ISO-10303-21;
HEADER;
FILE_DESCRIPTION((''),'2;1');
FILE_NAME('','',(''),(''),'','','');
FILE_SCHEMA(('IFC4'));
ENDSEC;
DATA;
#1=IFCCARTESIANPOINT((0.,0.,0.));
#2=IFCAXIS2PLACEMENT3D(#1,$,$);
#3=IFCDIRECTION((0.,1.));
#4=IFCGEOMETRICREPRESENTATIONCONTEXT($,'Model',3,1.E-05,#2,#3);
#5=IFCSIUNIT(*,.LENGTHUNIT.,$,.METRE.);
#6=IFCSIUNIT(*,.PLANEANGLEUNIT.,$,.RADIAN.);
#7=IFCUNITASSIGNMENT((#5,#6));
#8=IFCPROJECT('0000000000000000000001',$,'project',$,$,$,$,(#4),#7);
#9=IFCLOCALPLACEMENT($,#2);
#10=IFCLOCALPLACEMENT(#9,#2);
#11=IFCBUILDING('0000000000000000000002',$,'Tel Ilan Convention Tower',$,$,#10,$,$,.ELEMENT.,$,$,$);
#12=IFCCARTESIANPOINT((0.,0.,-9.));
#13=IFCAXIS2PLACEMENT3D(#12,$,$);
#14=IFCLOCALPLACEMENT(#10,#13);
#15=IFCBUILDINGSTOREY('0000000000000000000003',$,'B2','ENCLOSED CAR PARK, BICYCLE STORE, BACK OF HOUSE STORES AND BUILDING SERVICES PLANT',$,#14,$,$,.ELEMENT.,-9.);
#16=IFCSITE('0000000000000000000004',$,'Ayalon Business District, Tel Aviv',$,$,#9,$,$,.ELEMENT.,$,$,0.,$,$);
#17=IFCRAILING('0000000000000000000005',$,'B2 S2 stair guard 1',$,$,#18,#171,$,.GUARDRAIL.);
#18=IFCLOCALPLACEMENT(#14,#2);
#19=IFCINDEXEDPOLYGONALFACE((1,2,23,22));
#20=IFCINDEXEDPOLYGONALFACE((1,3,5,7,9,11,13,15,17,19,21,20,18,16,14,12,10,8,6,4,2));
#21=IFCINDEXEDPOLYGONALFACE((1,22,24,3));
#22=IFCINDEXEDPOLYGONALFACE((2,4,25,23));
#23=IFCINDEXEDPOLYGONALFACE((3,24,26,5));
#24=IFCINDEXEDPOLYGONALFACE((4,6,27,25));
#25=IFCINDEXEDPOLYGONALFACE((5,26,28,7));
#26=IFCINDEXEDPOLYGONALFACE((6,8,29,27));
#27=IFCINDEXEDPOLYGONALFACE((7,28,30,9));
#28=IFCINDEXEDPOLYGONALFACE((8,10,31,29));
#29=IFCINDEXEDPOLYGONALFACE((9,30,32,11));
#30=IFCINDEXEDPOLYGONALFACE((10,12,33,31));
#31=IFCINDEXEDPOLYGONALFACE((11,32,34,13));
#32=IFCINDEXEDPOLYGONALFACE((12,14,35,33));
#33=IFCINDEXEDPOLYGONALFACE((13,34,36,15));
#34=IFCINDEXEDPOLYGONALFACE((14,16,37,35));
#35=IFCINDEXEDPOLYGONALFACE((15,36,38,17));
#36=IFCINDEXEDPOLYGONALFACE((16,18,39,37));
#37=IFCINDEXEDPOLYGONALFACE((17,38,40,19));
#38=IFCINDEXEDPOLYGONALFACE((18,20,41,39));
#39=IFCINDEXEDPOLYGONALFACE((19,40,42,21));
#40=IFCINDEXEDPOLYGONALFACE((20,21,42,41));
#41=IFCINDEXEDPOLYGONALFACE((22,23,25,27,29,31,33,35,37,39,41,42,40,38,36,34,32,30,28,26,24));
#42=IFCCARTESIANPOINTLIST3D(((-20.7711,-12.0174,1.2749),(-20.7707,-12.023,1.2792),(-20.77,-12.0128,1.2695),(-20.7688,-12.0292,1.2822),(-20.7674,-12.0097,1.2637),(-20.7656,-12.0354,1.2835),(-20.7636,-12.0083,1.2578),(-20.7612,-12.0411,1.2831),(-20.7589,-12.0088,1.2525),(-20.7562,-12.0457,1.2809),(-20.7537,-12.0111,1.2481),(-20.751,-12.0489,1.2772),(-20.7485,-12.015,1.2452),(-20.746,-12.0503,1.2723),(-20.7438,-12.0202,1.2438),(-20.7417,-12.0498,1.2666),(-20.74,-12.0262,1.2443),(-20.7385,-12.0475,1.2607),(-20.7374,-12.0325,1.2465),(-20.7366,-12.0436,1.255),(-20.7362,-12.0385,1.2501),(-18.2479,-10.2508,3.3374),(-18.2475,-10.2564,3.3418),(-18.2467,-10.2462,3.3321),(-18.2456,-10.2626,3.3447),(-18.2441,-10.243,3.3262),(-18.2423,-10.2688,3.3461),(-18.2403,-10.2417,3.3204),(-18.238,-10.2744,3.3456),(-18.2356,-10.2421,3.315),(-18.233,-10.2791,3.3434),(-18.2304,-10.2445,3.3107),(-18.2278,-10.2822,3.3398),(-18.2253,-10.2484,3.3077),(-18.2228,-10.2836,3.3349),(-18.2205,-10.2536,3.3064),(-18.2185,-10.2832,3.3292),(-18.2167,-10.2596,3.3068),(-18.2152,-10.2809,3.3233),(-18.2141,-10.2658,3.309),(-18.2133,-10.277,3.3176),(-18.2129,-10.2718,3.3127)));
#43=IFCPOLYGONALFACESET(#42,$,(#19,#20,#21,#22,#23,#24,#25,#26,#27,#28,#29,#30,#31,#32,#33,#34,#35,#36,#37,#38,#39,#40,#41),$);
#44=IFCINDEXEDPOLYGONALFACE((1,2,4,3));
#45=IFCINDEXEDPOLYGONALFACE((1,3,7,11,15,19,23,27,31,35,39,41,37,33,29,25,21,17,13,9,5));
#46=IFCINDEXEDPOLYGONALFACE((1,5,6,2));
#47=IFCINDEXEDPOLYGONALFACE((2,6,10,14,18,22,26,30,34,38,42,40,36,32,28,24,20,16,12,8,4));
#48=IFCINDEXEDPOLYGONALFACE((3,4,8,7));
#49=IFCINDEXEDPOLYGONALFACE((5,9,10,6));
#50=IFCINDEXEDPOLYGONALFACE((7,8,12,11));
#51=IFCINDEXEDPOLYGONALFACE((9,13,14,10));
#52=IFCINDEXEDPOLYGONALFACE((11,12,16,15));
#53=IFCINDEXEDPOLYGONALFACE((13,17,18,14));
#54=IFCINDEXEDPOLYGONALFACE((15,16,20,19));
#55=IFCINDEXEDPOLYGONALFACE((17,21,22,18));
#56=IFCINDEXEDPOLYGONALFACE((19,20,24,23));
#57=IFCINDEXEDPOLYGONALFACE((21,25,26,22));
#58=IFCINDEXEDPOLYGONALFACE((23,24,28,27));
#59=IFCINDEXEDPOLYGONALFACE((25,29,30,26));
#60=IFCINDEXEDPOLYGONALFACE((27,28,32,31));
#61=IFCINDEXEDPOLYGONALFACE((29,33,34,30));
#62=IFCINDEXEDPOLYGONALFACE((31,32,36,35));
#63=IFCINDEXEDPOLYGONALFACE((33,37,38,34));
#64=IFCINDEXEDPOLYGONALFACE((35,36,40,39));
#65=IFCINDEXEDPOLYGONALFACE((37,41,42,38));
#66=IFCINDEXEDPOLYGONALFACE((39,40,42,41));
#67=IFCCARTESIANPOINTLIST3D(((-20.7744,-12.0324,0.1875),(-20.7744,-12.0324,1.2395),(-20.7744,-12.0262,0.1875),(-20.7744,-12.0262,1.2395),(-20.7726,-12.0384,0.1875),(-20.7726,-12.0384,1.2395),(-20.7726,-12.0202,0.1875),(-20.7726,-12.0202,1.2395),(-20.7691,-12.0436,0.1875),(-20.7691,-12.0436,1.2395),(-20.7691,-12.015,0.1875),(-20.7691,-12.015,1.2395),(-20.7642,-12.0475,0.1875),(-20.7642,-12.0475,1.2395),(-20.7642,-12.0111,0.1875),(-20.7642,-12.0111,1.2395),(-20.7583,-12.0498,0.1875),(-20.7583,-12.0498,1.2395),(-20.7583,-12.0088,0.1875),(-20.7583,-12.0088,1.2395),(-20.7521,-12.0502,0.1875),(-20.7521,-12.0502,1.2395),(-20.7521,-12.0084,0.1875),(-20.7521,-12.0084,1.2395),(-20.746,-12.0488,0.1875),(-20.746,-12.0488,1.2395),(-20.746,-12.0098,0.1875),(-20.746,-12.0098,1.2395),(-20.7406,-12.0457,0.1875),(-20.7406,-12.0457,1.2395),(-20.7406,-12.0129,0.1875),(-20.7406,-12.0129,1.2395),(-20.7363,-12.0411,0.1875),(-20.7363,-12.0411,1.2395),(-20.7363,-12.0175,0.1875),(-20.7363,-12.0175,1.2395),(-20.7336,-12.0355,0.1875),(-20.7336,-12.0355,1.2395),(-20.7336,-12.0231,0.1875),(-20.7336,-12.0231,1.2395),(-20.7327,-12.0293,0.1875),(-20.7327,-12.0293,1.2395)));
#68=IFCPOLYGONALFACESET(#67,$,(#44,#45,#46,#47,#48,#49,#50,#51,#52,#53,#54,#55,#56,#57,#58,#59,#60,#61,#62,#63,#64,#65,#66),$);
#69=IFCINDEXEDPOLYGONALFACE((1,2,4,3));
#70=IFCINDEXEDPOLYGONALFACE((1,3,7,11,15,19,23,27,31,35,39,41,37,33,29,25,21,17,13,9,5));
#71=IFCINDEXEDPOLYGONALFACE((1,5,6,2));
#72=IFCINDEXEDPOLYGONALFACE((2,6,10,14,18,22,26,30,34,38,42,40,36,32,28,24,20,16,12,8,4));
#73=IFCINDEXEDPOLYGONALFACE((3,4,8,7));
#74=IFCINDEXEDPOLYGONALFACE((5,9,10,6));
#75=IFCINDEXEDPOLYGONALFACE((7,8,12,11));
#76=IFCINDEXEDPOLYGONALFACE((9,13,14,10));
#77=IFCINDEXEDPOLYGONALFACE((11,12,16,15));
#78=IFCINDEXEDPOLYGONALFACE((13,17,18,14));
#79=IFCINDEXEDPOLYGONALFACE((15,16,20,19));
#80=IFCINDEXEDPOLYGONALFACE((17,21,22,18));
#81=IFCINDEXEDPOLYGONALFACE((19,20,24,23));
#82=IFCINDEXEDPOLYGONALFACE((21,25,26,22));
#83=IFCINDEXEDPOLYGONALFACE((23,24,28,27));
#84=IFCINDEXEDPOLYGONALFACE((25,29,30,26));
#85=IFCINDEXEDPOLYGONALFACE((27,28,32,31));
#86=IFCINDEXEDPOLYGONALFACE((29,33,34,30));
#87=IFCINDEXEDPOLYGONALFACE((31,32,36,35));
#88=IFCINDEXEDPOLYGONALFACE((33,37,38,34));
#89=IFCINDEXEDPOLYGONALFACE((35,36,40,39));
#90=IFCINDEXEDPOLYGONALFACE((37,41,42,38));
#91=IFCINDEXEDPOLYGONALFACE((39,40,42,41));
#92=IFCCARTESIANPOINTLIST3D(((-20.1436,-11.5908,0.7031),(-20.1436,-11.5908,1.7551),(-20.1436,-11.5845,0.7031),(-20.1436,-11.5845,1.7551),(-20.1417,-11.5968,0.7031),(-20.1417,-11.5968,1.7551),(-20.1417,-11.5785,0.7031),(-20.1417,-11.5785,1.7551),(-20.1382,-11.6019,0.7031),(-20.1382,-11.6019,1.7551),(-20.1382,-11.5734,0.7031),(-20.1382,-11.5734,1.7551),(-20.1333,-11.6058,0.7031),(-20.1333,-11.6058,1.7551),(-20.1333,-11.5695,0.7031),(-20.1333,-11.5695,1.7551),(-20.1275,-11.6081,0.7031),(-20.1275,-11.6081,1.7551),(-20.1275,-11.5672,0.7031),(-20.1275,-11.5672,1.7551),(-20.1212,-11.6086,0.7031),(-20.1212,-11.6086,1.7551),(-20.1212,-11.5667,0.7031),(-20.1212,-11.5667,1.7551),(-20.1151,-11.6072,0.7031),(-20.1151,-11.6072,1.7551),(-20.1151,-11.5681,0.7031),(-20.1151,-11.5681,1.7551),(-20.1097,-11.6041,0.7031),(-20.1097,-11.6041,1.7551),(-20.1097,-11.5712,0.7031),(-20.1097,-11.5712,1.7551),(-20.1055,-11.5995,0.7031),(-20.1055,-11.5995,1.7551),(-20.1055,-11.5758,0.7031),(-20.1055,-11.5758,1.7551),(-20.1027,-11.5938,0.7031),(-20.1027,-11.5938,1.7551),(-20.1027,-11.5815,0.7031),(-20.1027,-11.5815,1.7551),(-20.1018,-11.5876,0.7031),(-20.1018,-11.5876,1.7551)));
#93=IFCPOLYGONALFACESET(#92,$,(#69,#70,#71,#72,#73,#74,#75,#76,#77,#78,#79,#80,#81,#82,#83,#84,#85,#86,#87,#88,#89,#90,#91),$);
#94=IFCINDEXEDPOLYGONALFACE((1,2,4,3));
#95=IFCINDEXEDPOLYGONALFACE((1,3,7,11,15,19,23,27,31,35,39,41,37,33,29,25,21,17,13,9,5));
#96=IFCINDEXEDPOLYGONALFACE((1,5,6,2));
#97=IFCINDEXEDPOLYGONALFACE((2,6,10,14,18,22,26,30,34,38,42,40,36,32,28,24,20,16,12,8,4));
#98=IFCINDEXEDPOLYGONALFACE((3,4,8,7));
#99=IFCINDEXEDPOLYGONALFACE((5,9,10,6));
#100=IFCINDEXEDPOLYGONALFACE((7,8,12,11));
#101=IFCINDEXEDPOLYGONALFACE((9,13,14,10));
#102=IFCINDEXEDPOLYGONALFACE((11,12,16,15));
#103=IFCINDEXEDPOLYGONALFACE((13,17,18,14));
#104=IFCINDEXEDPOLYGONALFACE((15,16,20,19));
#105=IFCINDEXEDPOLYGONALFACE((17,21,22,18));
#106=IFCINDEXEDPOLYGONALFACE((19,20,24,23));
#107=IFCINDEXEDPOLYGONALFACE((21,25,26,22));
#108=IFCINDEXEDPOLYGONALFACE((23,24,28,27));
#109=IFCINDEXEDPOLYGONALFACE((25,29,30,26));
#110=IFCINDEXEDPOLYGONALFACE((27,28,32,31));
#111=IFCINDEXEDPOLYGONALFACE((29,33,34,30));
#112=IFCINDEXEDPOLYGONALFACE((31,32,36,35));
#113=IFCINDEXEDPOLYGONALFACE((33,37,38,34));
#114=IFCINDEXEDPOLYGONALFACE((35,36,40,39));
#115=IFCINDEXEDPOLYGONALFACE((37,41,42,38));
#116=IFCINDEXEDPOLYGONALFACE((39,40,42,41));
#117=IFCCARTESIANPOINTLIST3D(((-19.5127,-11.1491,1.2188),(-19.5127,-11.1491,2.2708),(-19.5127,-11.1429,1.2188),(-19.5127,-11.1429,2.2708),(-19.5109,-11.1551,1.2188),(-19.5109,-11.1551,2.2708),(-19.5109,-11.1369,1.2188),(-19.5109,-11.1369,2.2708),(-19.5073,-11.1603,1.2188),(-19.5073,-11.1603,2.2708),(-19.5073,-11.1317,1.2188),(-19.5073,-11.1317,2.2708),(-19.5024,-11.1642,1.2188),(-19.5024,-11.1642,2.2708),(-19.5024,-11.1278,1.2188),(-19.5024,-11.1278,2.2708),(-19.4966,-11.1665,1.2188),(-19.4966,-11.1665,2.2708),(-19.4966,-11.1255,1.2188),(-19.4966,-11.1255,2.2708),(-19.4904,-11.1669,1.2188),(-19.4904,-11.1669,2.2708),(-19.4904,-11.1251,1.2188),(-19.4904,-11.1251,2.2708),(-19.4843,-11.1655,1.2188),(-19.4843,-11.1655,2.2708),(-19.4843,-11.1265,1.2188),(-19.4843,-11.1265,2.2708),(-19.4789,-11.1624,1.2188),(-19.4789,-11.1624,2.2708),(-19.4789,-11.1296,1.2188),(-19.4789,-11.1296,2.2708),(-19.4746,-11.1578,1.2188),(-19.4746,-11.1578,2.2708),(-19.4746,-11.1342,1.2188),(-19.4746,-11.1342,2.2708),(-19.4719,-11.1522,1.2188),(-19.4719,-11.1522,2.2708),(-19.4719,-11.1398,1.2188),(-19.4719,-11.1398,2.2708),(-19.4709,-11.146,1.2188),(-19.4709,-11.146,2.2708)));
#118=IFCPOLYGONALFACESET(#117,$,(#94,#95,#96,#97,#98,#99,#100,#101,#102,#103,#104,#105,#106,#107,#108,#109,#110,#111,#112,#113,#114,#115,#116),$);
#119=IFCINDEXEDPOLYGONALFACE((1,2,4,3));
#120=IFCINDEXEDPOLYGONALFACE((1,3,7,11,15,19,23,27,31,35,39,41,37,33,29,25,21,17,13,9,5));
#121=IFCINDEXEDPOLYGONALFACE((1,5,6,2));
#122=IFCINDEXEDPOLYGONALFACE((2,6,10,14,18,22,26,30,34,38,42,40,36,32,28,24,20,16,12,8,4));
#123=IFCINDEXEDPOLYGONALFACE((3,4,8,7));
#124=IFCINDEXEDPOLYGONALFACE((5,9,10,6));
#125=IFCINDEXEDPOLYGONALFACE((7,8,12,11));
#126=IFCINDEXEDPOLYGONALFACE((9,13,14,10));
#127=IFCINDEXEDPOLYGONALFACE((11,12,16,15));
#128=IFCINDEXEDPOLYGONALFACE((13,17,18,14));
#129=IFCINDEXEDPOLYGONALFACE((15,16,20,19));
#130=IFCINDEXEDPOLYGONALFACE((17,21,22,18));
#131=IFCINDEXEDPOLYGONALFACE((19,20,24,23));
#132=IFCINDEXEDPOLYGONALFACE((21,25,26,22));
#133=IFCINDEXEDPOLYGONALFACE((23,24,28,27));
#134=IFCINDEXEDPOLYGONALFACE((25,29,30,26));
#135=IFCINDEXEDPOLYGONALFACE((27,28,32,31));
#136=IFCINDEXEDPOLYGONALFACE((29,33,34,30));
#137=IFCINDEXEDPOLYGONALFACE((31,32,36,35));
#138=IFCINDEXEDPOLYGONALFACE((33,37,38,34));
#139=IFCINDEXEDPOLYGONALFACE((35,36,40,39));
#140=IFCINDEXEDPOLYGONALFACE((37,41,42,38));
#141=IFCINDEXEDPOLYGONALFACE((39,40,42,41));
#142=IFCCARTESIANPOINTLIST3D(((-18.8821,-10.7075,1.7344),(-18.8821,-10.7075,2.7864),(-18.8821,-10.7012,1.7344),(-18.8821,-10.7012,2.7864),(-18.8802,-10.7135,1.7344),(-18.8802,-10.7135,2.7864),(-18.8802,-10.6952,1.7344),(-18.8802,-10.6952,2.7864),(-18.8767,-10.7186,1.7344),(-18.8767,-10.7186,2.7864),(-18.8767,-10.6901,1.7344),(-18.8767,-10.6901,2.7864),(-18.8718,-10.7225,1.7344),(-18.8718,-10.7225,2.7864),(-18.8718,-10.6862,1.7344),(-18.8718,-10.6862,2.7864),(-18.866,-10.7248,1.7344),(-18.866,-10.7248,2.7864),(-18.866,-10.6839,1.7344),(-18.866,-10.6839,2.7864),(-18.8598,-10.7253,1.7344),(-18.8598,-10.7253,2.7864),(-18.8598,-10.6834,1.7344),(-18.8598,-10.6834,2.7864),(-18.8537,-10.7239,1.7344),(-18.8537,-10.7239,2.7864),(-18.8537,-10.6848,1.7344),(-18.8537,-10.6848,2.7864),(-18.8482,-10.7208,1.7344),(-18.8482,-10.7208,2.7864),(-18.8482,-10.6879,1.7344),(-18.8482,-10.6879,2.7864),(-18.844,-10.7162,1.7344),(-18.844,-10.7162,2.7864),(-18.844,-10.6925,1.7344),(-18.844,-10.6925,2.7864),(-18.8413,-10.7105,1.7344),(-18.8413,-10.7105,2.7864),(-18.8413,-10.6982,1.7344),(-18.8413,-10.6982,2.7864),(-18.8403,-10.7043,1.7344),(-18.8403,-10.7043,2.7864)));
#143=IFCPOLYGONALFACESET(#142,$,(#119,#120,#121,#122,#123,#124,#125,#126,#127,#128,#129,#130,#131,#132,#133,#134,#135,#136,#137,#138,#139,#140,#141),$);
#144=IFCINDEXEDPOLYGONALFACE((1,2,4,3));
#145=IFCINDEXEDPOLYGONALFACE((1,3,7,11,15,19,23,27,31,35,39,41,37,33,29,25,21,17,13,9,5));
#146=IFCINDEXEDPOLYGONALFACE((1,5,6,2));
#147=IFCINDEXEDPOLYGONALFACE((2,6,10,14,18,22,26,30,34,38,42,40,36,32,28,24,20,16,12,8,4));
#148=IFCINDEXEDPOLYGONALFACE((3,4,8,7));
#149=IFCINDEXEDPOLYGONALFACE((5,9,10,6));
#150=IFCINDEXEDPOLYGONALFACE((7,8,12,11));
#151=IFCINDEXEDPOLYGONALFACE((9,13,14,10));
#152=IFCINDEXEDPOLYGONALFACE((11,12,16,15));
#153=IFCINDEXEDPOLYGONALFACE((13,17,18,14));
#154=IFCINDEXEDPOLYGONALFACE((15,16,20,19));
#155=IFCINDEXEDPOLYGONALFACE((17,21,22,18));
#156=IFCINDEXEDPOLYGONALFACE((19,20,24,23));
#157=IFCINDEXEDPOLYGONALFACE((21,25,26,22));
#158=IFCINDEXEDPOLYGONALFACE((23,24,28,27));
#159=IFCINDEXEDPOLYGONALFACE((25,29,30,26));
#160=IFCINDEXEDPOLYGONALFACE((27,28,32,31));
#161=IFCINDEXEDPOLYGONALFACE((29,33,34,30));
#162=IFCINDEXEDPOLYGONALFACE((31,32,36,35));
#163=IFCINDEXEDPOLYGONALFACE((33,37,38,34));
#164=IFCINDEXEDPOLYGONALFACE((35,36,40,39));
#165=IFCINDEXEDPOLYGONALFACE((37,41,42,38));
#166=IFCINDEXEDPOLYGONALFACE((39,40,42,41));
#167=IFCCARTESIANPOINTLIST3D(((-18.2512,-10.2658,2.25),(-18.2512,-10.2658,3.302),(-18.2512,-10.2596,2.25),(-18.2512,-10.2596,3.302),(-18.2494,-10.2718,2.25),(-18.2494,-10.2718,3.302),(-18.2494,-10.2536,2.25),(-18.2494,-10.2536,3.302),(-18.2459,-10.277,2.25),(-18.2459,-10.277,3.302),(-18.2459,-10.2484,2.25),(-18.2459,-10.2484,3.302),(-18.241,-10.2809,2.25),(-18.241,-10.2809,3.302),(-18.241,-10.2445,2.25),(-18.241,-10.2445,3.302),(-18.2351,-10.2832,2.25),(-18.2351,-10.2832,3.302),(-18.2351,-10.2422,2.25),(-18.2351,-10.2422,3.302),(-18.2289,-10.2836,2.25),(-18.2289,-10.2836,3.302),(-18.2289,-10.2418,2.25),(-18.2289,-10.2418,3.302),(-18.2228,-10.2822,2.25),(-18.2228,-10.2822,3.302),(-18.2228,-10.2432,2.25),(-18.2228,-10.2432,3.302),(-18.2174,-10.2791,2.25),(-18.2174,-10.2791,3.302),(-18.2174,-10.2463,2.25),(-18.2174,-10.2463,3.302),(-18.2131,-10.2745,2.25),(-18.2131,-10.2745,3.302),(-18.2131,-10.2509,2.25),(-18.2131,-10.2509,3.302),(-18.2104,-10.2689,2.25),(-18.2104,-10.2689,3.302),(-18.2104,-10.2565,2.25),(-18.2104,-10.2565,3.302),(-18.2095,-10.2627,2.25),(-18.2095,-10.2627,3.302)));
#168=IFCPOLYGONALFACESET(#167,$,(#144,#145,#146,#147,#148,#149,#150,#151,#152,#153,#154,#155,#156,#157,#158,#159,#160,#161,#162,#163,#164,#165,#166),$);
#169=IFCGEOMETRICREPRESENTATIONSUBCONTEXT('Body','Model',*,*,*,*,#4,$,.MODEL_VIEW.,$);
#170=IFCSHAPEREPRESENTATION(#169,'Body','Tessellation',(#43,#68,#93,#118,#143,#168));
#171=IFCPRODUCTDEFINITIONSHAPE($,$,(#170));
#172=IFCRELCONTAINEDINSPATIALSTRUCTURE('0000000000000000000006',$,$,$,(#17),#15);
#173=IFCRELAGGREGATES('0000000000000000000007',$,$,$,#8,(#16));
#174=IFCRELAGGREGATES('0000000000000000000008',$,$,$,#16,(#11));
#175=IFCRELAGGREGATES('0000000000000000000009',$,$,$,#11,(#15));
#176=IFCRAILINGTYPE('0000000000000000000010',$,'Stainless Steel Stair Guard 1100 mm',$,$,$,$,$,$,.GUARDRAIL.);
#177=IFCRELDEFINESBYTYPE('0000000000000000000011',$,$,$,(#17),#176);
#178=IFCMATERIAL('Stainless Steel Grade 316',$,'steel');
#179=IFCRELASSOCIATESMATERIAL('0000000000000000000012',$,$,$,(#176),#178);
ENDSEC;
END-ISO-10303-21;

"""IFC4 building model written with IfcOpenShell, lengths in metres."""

from ifc_helpers import new_model, si_unit, direction, frame, origin, origin_2d, place, context, subcontext, project, spatial, circle, extrude, material, type_object, element, save


model = new_model("IFC4")

# Units and contexts
model_context = context("Model", 3, precision=1e-05, world=origin(), true_north=direction((0.0, 1.0)))
body_context = subcontext(model_context, "Body", "Model", "MODEL_VIEW")
ifc_project = project(units=[si_unit("LENGTHUNIT", "METRE"), si_unit("PLANEANGLEUNIT", "RADIAN")], contexts=[model_context])

# Site, building, storey
site_placement = place(None, origin())
site = spatial("IfcSite", under=ifc_project, at=site_placement, Name="Ayalon Business District, Tel Aviv", CompositionType="ELEMENT", RefElevation=0.0)
building_placement = place(site_placement, origin())
building = spatial("IfcBuilding", under=site, at=building_placement, Name="Tel Ilan Convention Tower", CompositionType="ELEMENT")
storey_placement = place(building_placement, frame((0.0, 0.0, -9.0)))
storey = spatial("IfcBuildingStorey", under=building, at=storey_placement, Name="B2", Description="ENCLOSED CAR PARK, BICYCLE STORE, BACK OF HOUSE STORES AND BUILDING SERVICES PLANT", CompositionType="ELEMENT", Elevation=-9.0)

# Railing
ifc_material_1 = material(Name="Stainless Steel Grade 316", Category="steel")
railing_type_1 = type_object("IfcRailingType", Name="Stainless Steel Stair Guard 1100 mm", PredefinedType="GUARDRAIL", material=ifc_material_1)
railing_1_placement = place(storey_placement, frame((-20.7537, -12.0293, 0.1875)))
element("IfcRailing", 1, at=railing_1_placement, inside=storey, type_object=railing_type_1, Name="B2 S2 stair guard 1", PredefinedType="GUARDRAIL", context=body_context, shape_type="SweptSolid", body=[
    extrude(circle(Radius=0.0239, at=origin_2d()), frame((0.0, 0.0, 1.0762), z_axis=(0.68067, 0.476568, 0.556391), x_axis=(-0.573542, 0.819176, 0.0)), (0.0, 0.0, 1.0), 3.707),
    extrude(circle(Radius=0.021, at=origin_2d()), origin(), (0.0, 0.0, 1.0), 1.052),
    extrude(circle(Radius=0.021, at=origin_2d()), frame((0.6309, 0.4417, 0.5156)), (0.0, 0.0, 1.0), 1.052),
    extrude(circle(Radius=0.021, at=origin_2d()), frame((1.2617, 0.8833, 1.0312)), (0.0, 0.0, 1.0), 1.052),
    extrude(circle(Radius=0.021, at=origin_2d()), frame((1.8923, 1.325, 1.5469)), (0.0, 0.0, 1.0), 1.052),
    extrude(circle(Radius=0.021, at=origin_2d()), frame((2.5232, 1.7666, 2.0625)), (0.0, 0.0, 1.0), 1.052),
])

save(model, "model.ifc")
